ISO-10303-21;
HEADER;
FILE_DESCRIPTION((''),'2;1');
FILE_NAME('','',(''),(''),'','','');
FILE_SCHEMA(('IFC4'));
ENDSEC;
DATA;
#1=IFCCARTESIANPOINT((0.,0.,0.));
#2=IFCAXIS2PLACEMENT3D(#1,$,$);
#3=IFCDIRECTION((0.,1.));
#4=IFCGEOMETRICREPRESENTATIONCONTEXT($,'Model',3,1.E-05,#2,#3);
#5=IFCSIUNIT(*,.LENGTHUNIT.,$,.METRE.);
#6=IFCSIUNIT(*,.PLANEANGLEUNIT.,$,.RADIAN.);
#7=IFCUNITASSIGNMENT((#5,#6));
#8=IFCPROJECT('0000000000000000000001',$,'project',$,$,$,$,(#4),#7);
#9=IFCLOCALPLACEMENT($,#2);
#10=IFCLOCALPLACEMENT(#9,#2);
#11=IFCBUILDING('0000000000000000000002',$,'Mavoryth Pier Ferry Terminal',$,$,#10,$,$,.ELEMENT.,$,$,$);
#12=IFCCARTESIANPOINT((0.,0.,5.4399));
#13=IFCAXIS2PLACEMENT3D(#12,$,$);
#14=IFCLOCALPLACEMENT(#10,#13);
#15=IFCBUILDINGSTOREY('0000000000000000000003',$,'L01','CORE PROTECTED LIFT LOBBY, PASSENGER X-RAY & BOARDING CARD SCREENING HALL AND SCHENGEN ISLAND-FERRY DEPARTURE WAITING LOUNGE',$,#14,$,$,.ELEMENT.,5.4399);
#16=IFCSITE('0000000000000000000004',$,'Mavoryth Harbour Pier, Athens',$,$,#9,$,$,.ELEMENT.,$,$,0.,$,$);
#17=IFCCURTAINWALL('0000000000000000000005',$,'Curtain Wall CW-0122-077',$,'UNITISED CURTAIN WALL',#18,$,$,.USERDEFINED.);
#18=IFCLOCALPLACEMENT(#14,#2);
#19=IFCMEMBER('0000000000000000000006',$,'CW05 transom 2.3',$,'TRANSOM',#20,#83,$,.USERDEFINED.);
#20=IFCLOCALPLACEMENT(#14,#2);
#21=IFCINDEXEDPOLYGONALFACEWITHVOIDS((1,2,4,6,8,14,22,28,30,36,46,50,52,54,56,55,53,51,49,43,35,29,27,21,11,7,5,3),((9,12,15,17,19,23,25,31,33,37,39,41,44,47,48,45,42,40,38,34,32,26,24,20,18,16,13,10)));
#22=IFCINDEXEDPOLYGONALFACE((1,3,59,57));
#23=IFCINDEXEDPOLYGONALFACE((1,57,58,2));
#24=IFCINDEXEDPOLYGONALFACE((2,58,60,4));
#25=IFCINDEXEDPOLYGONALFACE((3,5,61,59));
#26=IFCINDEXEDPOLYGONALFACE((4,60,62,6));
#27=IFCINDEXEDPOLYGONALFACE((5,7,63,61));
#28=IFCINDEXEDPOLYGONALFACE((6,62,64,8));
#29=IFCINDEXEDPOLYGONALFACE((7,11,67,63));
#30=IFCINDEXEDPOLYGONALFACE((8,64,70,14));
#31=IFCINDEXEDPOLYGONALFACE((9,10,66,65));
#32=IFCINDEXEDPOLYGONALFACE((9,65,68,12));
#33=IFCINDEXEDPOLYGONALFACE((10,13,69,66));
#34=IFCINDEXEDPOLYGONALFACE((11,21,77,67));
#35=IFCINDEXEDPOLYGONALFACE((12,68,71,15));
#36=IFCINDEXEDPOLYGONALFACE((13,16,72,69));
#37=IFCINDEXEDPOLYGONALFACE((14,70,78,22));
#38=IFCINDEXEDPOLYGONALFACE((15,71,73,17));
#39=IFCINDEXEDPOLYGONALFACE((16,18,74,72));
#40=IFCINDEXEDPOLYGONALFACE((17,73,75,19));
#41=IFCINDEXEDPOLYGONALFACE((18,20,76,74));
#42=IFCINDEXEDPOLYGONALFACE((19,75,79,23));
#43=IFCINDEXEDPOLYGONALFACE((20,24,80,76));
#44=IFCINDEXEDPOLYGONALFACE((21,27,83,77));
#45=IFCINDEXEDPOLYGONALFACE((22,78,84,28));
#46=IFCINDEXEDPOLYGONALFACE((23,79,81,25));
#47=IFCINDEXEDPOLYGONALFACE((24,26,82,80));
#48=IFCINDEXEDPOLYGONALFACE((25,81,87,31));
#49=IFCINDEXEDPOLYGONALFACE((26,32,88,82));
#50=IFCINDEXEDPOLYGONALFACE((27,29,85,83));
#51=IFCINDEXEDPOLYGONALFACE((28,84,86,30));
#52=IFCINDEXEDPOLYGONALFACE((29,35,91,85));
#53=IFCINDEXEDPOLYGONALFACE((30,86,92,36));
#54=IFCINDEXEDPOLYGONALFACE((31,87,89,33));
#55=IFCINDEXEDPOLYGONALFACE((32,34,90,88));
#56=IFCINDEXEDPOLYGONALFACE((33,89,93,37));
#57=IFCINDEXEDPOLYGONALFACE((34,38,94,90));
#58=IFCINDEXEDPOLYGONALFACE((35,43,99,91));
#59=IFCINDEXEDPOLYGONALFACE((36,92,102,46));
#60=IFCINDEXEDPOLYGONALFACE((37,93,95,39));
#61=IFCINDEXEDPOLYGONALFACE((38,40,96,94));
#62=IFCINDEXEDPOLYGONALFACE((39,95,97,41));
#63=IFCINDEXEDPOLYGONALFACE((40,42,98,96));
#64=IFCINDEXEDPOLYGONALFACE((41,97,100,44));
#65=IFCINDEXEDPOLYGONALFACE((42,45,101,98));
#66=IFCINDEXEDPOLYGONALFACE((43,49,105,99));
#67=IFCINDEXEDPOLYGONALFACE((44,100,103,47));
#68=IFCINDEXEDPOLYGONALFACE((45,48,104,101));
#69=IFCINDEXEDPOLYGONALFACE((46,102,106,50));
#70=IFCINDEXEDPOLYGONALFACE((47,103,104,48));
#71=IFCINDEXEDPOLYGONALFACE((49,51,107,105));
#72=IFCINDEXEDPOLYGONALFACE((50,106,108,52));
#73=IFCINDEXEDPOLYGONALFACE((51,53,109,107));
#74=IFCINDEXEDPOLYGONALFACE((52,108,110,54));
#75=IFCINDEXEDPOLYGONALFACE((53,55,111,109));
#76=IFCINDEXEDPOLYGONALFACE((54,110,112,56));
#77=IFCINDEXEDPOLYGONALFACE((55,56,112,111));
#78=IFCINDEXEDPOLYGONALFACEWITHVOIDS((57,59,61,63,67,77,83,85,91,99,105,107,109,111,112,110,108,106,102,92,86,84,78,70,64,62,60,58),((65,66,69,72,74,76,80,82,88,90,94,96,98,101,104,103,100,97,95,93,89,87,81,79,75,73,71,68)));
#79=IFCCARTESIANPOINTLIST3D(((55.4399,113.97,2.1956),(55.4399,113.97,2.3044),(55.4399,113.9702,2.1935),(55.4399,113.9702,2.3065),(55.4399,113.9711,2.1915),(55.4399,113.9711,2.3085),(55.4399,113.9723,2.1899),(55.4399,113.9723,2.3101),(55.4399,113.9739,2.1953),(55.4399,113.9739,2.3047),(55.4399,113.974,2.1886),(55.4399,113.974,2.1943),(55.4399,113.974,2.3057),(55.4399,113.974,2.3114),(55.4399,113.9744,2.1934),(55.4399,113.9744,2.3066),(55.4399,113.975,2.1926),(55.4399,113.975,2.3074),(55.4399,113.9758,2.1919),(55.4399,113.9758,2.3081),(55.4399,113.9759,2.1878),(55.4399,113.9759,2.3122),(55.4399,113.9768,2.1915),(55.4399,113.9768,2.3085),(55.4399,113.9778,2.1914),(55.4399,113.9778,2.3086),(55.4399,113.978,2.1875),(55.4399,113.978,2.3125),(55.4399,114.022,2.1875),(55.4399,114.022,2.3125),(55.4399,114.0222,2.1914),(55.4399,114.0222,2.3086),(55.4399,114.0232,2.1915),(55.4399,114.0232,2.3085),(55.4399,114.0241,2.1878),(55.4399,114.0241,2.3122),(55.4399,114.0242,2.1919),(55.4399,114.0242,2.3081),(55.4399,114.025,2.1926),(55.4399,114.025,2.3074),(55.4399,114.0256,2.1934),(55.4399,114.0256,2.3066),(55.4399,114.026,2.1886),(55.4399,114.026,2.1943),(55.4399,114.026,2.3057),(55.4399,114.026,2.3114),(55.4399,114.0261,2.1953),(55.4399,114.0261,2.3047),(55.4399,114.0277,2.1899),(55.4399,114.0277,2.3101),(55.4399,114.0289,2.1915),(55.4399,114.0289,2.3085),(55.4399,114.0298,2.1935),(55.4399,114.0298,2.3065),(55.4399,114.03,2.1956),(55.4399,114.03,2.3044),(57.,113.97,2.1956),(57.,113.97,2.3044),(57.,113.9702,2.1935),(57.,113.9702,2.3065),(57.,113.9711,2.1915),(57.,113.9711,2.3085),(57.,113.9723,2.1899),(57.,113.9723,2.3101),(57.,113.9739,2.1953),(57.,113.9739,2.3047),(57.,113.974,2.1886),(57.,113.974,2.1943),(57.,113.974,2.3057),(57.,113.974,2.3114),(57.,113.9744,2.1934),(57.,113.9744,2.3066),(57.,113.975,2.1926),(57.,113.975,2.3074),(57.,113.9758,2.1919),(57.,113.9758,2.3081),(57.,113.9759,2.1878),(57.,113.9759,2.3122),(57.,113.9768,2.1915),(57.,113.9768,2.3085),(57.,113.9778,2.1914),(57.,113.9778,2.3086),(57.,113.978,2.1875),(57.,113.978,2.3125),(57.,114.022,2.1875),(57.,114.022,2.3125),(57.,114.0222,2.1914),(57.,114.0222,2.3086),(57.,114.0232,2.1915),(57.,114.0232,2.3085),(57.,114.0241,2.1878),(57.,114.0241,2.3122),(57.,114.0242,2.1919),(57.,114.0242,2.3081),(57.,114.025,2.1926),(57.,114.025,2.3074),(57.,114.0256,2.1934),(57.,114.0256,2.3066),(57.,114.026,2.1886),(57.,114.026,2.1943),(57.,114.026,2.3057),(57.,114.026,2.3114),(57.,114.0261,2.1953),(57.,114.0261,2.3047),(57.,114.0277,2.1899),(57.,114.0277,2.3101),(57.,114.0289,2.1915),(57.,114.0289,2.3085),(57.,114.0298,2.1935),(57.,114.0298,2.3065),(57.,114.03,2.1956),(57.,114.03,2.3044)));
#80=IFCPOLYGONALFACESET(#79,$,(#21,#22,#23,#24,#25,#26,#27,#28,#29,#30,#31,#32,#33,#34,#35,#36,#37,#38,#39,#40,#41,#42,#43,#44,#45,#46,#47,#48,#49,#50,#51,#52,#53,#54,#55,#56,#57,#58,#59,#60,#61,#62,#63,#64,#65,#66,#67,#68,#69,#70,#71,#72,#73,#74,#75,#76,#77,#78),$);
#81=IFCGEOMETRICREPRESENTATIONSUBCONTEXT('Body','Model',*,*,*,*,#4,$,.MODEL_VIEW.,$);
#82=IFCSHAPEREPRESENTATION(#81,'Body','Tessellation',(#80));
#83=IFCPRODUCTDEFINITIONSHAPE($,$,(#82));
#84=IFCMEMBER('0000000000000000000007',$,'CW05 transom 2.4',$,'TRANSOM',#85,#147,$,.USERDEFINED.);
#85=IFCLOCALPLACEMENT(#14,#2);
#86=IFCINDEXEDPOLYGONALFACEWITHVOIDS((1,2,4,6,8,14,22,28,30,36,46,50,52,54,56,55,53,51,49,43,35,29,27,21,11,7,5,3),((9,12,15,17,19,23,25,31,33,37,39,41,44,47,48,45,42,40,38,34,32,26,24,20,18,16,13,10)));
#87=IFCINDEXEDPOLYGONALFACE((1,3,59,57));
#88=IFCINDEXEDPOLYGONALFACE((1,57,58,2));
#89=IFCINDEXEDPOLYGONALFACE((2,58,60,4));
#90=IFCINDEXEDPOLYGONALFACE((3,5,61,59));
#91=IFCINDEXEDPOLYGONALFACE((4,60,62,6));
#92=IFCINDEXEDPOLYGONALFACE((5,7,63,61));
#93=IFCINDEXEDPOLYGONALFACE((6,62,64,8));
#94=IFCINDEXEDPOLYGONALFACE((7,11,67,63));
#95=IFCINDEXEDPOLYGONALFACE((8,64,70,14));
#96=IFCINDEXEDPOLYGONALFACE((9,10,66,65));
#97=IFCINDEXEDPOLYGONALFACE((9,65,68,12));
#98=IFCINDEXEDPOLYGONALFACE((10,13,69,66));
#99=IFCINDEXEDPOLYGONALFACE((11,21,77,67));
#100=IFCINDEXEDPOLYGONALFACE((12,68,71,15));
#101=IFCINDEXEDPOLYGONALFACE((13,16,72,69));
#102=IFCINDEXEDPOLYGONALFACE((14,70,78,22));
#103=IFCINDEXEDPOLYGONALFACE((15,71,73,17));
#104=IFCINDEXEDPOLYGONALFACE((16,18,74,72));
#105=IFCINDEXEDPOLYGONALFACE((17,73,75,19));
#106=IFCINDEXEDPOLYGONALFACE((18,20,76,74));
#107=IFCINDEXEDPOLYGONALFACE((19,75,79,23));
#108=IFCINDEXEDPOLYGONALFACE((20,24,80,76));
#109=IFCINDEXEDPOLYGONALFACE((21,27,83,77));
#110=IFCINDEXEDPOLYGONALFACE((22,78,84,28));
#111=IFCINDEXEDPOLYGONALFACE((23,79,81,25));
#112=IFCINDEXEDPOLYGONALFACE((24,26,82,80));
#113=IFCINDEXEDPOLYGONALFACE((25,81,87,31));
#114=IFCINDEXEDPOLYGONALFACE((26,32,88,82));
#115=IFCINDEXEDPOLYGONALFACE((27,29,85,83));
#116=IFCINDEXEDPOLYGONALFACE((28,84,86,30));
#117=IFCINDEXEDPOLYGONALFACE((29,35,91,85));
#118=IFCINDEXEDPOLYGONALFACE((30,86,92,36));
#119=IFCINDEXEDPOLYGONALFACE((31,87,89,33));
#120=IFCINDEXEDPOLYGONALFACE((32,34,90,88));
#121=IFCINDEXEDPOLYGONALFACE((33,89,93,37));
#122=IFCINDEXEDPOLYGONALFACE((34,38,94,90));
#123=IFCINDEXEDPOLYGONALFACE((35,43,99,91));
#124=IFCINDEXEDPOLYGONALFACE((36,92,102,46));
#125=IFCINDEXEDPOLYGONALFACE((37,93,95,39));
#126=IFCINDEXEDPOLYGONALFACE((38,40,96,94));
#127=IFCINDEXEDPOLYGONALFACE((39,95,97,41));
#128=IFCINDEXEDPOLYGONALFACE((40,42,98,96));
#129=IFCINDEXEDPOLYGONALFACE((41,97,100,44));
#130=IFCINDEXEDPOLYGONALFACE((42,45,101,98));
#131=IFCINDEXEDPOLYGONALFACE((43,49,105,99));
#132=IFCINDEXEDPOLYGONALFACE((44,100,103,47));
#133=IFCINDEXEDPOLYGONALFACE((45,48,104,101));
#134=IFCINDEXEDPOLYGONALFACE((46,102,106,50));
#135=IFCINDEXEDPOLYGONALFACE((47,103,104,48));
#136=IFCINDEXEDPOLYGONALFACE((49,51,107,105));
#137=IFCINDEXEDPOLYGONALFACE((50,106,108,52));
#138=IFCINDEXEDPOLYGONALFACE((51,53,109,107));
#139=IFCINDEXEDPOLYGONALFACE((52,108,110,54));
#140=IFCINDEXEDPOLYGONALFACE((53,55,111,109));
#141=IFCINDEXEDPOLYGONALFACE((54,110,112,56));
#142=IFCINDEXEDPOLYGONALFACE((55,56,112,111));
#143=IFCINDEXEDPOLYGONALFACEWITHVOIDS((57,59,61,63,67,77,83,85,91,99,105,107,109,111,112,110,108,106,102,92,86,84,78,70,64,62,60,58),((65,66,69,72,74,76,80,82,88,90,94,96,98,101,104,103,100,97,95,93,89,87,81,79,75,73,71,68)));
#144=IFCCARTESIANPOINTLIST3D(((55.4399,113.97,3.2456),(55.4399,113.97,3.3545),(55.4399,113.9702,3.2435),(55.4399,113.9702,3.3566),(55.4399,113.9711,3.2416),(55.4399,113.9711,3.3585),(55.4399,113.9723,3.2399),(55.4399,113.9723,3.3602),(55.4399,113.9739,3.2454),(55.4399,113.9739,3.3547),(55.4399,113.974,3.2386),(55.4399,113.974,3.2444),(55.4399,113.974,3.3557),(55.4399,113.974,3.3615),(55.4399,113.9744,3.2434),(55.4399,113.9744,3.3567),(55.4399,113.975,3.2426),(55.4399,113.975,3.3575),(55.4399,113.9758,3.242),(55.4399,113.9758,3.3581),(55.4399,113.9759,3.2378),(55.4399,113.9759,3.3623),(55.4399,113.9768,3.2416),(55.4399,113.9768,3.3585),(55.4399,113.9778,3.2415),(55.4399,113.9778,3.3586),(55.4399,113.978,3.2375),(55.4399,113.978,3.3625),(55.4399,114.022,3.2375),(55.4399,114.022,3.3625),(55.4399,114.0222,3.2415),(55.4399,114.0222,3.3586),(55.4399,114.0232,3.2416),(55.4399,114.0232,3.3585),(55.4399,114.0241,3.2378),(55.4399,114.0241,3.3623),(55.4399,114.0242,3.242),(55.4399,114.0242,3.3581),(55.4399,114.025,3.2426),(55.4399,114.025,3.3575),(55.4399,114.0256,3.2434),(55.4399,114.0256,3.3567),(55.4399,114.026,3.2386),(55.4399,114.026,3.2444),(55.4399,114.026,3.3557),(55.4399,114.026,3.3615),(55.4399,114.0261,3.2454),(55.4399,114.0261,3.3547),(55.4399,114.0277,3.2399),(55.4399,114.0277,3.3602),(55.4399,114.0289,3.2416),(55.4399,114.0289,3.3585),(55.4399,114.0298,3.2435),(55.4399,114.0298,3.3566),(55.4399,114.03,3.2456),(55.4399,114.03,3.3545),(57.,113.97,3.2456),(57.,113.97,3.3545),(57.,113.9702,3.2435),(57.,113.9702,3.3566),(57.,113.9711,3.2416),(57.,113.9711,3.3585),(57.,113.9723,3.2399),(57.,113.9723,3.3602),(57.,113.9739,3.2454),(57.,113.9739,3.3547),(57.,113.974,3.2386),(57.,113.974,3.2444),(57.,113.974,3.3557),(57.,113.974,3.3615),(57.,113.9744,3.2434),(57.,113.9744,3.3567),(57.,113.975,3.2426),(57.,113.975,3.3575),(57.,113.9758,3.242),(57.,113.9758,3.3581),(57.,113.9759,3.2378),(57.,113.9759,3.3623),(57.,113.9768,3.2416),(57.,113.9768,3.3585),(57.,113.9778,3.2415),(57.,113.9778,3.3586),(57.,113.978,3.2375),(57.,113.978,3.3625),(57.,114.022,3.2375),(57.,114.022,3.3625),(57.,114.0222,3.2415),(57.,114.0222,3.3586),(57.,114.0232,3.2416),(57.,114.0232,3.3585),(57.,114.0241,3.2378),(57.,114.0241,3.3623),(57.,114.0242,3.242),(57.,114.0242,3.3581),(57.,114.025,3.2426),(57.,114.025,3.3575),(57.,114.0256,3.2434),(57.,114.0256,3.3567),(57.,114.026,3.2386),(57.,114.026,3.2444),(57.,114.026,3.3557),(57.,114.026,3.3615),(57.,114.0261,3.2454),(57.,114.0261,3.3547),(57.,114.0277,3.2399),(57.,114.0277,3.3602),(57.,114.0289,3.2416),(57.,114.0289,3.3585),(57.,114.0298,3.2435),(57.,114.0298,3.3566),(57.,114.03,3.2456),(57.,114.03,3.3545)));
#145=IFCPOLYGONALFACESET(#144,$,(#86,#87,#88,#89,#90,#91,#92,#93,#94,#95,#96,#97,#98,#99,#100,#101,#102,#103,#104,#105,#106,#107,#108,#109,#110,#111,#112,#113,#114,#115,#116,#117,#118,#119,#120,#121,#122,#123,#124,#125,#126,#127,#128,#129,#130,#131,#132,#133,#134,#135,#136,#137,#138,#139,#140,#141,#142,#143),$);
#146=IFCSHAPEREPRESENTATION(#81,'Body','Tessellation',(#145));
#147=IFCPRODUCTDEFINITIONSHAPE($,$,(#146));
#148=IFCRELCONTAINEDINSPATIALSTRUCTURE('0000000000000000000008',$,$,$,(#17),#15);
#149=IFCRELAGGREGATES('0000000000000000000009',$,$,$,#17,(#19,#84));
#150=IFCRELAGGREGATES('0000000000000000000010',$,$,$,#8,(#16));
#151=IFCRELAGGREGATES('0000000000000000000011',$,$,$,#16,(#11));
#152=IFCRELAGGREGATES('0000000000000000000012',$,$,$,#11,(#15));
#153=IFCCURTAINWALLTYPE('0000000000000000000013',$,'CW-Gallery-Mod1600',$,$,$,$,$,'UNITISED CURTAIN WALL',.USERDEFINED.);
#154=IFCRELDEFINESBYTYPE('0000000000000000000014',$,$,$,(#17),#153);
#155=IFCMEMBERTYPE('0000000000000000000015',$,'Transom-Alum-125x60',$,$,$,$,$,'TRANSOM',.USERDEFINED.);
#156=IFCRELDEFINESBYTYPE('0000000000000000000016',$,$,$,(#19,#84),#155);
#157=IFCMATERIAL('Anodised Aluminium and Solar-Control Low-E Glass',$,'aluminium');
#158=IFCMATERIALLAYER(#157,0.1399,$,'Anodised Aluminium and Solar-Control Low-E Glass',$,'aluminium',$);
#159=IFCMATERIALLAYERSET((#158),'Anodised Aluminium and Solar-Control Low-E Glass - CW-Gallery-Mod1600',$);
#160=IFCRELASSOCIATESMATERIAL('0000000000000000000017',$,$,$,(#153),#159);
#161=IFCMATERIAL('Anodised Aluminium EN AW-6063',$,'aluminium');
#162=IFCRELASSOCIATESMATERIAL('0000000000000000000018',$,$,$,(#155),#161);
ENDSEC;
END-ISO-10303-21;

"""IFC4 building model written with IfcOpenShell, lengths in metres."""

from ifc_helpers import new_model, si_unit, direction, frame, origin, origin_2d, place, context, subcontext, project, spatial, hollow_rectangle, extrude, material, layer, layer_set, material_profile, profile_set, type_object, element, aggregate, save


model = new_model("IFC4")

# Units and contexts
model_context = context("Model", 3, precision=1e-05, world=origin(), true_north=direction((0.0, 1.0)))
body_context = subcontext(model_context, "Body", "Model", "MODEL_VIEW")
ifc_project = project(units=[si_unit("LENGTHUNIT", "METRE"), si_unit("PLANEANGLEUNIT", "RADIAN")], contexts=[model_context])

# Site, building, storey
site_placement = place(None, origin())
site = spatial("IfcSite", under=ifc_project, at=site_placement, Name="Mavoryth Harbour Pier, Athens", CompositionType="ELEMENT", RefElevation=0.0)
building_placement = place(site_placement, origin())
building = spatial("IfcBuilding", under=site, at=building_placement, Name="Mavoryth Pier Ferry Terminal", CompositionType="ELEMENT")
storey_placement = place(building_placement, frame((0.0, 0.0, 5.4399)))
storey = spatial("IfcBuildingStorey", under=building, at=storey_placement, Name="L01", Description="CORE PROTECTED LIFT LOBBY, PASSENGER X-RAY & BOARDING CARD SCREENING HALL AND SCHENGEN ISLAND-FERRY DEPARTURE WAITING LOUNGE", CompositionType="ELEMENT", Elevation=5.4399)

# Curtain wall
ifc_material_1 = material(Name="Anodised Aluminium and Solar-Control Low-E Glass", Category="aluminium")
ifc_layer_1 = layer(ifc_material_1, 0.1399, Name="Anodised Aluminium and Solar-Control Low-E Glass", Category="aluminium")
ifc_layer_set_1 = layer_set([ifc_layer_1], Name="Anodised Aluminium and Solar-Control Low-E Glass - CW-Gallery-Mod1600")
curtain_wall_type = type_object("IfcCurtainWallType", Name="CW-Gallery-Mod1600", ElementType="UNITISED CURTAIN WALL", PredefinedType="USERDEFINED", material=ifc_layer_set_1)
curtain_wall_1_placement = place(storey_placement, origin())
curtain_wall_1 = element("IfcCurtainWall", 1, at=curtain_wall_1_placement, inside=storey, type_object=curtain_wall_type, Name="Curtain Wall CW-0122-077", ObjectType="UNITISED CURTAIN WALL", PredefinedType="USERDEFINED")
ifc_material_2 = material(Name="Anodised Aluminium EN AW-6063", Category="aluminium")

# Members
ifc_material_profile_1 = material_profile(ifc_material_2, hollow_rectangle(XDim=0.0601, YDim=0.125, WallThickness=0.0039, InnerFilletRadius=0.0039, OuterFilletRadius=0.0081, at=origin_2d()), Name="AL-TRAN 125x60x4", Category="aluminium")
ifc_profile_set_1 = profile_set([ifc_material_profile_1], Name="Anodised Aluminium EN AW-6063 - AL-TRAN 125x60x4")
member_type_1 = type_object("IfcMemberType", Name="Transom-Alum-125x60", ElementType="TRANSOM", PredefinedType="USERDEFINED", material=ifc_profile_set_1)
member_1_placement = place(storey_placement, frame((57.0, 114.0, 2.25), z_axis=(-1.0, 0.0, 0.0), x_axis=(0.0, -1.0, 0.0)))
member_1 = element("IfcMember", 2, at=member_1_placement, type_object=member_type_1, Name="CW05 transom 2.3", ObjectType="TRANSOM", PredefinedType="USERDEFINED", context=body_context, shape_type="SweptSolid", body=[
    extrude(hollow_rectangle(XDim=0.0601, YDim=0.125, WallThickness=0.0039, InnerFilletRadius=0.0039, OuterFilletRadius=0.0081, at=origin_2d()), origin(), (0.0, 0.0, 1.0), 1.5601),
])
member_2_placement = place(storey_placement, frame((57.0, 114.0, 3.3), z_axis=(-1.0, 0.0, 0.0), x_axis=(0.0, -1.0, 0.0)))
member_2 = element("IfcMember", 3, at=member_2_placement, type_object=member_type_1, Name="CW05 transom 2.4", ObjectType="TRANSOM", PredefinedType="USERDEFINED", context=body_context, shape_type="SweptSolid", body=[
    extrude(hollow_rectangle(XDim=0.0601, YDim=0.125, WallThickness=0.0039, InnerFilletRadius=0.0039, OuterFilletRadius=0.0081, at=origin_2d()), origin(), (0.0, 0.0, 1.0), 1.5601),
])

aggregate(curtain_wall_1, [member_1, member_2])

save(model, "model.ifc")
